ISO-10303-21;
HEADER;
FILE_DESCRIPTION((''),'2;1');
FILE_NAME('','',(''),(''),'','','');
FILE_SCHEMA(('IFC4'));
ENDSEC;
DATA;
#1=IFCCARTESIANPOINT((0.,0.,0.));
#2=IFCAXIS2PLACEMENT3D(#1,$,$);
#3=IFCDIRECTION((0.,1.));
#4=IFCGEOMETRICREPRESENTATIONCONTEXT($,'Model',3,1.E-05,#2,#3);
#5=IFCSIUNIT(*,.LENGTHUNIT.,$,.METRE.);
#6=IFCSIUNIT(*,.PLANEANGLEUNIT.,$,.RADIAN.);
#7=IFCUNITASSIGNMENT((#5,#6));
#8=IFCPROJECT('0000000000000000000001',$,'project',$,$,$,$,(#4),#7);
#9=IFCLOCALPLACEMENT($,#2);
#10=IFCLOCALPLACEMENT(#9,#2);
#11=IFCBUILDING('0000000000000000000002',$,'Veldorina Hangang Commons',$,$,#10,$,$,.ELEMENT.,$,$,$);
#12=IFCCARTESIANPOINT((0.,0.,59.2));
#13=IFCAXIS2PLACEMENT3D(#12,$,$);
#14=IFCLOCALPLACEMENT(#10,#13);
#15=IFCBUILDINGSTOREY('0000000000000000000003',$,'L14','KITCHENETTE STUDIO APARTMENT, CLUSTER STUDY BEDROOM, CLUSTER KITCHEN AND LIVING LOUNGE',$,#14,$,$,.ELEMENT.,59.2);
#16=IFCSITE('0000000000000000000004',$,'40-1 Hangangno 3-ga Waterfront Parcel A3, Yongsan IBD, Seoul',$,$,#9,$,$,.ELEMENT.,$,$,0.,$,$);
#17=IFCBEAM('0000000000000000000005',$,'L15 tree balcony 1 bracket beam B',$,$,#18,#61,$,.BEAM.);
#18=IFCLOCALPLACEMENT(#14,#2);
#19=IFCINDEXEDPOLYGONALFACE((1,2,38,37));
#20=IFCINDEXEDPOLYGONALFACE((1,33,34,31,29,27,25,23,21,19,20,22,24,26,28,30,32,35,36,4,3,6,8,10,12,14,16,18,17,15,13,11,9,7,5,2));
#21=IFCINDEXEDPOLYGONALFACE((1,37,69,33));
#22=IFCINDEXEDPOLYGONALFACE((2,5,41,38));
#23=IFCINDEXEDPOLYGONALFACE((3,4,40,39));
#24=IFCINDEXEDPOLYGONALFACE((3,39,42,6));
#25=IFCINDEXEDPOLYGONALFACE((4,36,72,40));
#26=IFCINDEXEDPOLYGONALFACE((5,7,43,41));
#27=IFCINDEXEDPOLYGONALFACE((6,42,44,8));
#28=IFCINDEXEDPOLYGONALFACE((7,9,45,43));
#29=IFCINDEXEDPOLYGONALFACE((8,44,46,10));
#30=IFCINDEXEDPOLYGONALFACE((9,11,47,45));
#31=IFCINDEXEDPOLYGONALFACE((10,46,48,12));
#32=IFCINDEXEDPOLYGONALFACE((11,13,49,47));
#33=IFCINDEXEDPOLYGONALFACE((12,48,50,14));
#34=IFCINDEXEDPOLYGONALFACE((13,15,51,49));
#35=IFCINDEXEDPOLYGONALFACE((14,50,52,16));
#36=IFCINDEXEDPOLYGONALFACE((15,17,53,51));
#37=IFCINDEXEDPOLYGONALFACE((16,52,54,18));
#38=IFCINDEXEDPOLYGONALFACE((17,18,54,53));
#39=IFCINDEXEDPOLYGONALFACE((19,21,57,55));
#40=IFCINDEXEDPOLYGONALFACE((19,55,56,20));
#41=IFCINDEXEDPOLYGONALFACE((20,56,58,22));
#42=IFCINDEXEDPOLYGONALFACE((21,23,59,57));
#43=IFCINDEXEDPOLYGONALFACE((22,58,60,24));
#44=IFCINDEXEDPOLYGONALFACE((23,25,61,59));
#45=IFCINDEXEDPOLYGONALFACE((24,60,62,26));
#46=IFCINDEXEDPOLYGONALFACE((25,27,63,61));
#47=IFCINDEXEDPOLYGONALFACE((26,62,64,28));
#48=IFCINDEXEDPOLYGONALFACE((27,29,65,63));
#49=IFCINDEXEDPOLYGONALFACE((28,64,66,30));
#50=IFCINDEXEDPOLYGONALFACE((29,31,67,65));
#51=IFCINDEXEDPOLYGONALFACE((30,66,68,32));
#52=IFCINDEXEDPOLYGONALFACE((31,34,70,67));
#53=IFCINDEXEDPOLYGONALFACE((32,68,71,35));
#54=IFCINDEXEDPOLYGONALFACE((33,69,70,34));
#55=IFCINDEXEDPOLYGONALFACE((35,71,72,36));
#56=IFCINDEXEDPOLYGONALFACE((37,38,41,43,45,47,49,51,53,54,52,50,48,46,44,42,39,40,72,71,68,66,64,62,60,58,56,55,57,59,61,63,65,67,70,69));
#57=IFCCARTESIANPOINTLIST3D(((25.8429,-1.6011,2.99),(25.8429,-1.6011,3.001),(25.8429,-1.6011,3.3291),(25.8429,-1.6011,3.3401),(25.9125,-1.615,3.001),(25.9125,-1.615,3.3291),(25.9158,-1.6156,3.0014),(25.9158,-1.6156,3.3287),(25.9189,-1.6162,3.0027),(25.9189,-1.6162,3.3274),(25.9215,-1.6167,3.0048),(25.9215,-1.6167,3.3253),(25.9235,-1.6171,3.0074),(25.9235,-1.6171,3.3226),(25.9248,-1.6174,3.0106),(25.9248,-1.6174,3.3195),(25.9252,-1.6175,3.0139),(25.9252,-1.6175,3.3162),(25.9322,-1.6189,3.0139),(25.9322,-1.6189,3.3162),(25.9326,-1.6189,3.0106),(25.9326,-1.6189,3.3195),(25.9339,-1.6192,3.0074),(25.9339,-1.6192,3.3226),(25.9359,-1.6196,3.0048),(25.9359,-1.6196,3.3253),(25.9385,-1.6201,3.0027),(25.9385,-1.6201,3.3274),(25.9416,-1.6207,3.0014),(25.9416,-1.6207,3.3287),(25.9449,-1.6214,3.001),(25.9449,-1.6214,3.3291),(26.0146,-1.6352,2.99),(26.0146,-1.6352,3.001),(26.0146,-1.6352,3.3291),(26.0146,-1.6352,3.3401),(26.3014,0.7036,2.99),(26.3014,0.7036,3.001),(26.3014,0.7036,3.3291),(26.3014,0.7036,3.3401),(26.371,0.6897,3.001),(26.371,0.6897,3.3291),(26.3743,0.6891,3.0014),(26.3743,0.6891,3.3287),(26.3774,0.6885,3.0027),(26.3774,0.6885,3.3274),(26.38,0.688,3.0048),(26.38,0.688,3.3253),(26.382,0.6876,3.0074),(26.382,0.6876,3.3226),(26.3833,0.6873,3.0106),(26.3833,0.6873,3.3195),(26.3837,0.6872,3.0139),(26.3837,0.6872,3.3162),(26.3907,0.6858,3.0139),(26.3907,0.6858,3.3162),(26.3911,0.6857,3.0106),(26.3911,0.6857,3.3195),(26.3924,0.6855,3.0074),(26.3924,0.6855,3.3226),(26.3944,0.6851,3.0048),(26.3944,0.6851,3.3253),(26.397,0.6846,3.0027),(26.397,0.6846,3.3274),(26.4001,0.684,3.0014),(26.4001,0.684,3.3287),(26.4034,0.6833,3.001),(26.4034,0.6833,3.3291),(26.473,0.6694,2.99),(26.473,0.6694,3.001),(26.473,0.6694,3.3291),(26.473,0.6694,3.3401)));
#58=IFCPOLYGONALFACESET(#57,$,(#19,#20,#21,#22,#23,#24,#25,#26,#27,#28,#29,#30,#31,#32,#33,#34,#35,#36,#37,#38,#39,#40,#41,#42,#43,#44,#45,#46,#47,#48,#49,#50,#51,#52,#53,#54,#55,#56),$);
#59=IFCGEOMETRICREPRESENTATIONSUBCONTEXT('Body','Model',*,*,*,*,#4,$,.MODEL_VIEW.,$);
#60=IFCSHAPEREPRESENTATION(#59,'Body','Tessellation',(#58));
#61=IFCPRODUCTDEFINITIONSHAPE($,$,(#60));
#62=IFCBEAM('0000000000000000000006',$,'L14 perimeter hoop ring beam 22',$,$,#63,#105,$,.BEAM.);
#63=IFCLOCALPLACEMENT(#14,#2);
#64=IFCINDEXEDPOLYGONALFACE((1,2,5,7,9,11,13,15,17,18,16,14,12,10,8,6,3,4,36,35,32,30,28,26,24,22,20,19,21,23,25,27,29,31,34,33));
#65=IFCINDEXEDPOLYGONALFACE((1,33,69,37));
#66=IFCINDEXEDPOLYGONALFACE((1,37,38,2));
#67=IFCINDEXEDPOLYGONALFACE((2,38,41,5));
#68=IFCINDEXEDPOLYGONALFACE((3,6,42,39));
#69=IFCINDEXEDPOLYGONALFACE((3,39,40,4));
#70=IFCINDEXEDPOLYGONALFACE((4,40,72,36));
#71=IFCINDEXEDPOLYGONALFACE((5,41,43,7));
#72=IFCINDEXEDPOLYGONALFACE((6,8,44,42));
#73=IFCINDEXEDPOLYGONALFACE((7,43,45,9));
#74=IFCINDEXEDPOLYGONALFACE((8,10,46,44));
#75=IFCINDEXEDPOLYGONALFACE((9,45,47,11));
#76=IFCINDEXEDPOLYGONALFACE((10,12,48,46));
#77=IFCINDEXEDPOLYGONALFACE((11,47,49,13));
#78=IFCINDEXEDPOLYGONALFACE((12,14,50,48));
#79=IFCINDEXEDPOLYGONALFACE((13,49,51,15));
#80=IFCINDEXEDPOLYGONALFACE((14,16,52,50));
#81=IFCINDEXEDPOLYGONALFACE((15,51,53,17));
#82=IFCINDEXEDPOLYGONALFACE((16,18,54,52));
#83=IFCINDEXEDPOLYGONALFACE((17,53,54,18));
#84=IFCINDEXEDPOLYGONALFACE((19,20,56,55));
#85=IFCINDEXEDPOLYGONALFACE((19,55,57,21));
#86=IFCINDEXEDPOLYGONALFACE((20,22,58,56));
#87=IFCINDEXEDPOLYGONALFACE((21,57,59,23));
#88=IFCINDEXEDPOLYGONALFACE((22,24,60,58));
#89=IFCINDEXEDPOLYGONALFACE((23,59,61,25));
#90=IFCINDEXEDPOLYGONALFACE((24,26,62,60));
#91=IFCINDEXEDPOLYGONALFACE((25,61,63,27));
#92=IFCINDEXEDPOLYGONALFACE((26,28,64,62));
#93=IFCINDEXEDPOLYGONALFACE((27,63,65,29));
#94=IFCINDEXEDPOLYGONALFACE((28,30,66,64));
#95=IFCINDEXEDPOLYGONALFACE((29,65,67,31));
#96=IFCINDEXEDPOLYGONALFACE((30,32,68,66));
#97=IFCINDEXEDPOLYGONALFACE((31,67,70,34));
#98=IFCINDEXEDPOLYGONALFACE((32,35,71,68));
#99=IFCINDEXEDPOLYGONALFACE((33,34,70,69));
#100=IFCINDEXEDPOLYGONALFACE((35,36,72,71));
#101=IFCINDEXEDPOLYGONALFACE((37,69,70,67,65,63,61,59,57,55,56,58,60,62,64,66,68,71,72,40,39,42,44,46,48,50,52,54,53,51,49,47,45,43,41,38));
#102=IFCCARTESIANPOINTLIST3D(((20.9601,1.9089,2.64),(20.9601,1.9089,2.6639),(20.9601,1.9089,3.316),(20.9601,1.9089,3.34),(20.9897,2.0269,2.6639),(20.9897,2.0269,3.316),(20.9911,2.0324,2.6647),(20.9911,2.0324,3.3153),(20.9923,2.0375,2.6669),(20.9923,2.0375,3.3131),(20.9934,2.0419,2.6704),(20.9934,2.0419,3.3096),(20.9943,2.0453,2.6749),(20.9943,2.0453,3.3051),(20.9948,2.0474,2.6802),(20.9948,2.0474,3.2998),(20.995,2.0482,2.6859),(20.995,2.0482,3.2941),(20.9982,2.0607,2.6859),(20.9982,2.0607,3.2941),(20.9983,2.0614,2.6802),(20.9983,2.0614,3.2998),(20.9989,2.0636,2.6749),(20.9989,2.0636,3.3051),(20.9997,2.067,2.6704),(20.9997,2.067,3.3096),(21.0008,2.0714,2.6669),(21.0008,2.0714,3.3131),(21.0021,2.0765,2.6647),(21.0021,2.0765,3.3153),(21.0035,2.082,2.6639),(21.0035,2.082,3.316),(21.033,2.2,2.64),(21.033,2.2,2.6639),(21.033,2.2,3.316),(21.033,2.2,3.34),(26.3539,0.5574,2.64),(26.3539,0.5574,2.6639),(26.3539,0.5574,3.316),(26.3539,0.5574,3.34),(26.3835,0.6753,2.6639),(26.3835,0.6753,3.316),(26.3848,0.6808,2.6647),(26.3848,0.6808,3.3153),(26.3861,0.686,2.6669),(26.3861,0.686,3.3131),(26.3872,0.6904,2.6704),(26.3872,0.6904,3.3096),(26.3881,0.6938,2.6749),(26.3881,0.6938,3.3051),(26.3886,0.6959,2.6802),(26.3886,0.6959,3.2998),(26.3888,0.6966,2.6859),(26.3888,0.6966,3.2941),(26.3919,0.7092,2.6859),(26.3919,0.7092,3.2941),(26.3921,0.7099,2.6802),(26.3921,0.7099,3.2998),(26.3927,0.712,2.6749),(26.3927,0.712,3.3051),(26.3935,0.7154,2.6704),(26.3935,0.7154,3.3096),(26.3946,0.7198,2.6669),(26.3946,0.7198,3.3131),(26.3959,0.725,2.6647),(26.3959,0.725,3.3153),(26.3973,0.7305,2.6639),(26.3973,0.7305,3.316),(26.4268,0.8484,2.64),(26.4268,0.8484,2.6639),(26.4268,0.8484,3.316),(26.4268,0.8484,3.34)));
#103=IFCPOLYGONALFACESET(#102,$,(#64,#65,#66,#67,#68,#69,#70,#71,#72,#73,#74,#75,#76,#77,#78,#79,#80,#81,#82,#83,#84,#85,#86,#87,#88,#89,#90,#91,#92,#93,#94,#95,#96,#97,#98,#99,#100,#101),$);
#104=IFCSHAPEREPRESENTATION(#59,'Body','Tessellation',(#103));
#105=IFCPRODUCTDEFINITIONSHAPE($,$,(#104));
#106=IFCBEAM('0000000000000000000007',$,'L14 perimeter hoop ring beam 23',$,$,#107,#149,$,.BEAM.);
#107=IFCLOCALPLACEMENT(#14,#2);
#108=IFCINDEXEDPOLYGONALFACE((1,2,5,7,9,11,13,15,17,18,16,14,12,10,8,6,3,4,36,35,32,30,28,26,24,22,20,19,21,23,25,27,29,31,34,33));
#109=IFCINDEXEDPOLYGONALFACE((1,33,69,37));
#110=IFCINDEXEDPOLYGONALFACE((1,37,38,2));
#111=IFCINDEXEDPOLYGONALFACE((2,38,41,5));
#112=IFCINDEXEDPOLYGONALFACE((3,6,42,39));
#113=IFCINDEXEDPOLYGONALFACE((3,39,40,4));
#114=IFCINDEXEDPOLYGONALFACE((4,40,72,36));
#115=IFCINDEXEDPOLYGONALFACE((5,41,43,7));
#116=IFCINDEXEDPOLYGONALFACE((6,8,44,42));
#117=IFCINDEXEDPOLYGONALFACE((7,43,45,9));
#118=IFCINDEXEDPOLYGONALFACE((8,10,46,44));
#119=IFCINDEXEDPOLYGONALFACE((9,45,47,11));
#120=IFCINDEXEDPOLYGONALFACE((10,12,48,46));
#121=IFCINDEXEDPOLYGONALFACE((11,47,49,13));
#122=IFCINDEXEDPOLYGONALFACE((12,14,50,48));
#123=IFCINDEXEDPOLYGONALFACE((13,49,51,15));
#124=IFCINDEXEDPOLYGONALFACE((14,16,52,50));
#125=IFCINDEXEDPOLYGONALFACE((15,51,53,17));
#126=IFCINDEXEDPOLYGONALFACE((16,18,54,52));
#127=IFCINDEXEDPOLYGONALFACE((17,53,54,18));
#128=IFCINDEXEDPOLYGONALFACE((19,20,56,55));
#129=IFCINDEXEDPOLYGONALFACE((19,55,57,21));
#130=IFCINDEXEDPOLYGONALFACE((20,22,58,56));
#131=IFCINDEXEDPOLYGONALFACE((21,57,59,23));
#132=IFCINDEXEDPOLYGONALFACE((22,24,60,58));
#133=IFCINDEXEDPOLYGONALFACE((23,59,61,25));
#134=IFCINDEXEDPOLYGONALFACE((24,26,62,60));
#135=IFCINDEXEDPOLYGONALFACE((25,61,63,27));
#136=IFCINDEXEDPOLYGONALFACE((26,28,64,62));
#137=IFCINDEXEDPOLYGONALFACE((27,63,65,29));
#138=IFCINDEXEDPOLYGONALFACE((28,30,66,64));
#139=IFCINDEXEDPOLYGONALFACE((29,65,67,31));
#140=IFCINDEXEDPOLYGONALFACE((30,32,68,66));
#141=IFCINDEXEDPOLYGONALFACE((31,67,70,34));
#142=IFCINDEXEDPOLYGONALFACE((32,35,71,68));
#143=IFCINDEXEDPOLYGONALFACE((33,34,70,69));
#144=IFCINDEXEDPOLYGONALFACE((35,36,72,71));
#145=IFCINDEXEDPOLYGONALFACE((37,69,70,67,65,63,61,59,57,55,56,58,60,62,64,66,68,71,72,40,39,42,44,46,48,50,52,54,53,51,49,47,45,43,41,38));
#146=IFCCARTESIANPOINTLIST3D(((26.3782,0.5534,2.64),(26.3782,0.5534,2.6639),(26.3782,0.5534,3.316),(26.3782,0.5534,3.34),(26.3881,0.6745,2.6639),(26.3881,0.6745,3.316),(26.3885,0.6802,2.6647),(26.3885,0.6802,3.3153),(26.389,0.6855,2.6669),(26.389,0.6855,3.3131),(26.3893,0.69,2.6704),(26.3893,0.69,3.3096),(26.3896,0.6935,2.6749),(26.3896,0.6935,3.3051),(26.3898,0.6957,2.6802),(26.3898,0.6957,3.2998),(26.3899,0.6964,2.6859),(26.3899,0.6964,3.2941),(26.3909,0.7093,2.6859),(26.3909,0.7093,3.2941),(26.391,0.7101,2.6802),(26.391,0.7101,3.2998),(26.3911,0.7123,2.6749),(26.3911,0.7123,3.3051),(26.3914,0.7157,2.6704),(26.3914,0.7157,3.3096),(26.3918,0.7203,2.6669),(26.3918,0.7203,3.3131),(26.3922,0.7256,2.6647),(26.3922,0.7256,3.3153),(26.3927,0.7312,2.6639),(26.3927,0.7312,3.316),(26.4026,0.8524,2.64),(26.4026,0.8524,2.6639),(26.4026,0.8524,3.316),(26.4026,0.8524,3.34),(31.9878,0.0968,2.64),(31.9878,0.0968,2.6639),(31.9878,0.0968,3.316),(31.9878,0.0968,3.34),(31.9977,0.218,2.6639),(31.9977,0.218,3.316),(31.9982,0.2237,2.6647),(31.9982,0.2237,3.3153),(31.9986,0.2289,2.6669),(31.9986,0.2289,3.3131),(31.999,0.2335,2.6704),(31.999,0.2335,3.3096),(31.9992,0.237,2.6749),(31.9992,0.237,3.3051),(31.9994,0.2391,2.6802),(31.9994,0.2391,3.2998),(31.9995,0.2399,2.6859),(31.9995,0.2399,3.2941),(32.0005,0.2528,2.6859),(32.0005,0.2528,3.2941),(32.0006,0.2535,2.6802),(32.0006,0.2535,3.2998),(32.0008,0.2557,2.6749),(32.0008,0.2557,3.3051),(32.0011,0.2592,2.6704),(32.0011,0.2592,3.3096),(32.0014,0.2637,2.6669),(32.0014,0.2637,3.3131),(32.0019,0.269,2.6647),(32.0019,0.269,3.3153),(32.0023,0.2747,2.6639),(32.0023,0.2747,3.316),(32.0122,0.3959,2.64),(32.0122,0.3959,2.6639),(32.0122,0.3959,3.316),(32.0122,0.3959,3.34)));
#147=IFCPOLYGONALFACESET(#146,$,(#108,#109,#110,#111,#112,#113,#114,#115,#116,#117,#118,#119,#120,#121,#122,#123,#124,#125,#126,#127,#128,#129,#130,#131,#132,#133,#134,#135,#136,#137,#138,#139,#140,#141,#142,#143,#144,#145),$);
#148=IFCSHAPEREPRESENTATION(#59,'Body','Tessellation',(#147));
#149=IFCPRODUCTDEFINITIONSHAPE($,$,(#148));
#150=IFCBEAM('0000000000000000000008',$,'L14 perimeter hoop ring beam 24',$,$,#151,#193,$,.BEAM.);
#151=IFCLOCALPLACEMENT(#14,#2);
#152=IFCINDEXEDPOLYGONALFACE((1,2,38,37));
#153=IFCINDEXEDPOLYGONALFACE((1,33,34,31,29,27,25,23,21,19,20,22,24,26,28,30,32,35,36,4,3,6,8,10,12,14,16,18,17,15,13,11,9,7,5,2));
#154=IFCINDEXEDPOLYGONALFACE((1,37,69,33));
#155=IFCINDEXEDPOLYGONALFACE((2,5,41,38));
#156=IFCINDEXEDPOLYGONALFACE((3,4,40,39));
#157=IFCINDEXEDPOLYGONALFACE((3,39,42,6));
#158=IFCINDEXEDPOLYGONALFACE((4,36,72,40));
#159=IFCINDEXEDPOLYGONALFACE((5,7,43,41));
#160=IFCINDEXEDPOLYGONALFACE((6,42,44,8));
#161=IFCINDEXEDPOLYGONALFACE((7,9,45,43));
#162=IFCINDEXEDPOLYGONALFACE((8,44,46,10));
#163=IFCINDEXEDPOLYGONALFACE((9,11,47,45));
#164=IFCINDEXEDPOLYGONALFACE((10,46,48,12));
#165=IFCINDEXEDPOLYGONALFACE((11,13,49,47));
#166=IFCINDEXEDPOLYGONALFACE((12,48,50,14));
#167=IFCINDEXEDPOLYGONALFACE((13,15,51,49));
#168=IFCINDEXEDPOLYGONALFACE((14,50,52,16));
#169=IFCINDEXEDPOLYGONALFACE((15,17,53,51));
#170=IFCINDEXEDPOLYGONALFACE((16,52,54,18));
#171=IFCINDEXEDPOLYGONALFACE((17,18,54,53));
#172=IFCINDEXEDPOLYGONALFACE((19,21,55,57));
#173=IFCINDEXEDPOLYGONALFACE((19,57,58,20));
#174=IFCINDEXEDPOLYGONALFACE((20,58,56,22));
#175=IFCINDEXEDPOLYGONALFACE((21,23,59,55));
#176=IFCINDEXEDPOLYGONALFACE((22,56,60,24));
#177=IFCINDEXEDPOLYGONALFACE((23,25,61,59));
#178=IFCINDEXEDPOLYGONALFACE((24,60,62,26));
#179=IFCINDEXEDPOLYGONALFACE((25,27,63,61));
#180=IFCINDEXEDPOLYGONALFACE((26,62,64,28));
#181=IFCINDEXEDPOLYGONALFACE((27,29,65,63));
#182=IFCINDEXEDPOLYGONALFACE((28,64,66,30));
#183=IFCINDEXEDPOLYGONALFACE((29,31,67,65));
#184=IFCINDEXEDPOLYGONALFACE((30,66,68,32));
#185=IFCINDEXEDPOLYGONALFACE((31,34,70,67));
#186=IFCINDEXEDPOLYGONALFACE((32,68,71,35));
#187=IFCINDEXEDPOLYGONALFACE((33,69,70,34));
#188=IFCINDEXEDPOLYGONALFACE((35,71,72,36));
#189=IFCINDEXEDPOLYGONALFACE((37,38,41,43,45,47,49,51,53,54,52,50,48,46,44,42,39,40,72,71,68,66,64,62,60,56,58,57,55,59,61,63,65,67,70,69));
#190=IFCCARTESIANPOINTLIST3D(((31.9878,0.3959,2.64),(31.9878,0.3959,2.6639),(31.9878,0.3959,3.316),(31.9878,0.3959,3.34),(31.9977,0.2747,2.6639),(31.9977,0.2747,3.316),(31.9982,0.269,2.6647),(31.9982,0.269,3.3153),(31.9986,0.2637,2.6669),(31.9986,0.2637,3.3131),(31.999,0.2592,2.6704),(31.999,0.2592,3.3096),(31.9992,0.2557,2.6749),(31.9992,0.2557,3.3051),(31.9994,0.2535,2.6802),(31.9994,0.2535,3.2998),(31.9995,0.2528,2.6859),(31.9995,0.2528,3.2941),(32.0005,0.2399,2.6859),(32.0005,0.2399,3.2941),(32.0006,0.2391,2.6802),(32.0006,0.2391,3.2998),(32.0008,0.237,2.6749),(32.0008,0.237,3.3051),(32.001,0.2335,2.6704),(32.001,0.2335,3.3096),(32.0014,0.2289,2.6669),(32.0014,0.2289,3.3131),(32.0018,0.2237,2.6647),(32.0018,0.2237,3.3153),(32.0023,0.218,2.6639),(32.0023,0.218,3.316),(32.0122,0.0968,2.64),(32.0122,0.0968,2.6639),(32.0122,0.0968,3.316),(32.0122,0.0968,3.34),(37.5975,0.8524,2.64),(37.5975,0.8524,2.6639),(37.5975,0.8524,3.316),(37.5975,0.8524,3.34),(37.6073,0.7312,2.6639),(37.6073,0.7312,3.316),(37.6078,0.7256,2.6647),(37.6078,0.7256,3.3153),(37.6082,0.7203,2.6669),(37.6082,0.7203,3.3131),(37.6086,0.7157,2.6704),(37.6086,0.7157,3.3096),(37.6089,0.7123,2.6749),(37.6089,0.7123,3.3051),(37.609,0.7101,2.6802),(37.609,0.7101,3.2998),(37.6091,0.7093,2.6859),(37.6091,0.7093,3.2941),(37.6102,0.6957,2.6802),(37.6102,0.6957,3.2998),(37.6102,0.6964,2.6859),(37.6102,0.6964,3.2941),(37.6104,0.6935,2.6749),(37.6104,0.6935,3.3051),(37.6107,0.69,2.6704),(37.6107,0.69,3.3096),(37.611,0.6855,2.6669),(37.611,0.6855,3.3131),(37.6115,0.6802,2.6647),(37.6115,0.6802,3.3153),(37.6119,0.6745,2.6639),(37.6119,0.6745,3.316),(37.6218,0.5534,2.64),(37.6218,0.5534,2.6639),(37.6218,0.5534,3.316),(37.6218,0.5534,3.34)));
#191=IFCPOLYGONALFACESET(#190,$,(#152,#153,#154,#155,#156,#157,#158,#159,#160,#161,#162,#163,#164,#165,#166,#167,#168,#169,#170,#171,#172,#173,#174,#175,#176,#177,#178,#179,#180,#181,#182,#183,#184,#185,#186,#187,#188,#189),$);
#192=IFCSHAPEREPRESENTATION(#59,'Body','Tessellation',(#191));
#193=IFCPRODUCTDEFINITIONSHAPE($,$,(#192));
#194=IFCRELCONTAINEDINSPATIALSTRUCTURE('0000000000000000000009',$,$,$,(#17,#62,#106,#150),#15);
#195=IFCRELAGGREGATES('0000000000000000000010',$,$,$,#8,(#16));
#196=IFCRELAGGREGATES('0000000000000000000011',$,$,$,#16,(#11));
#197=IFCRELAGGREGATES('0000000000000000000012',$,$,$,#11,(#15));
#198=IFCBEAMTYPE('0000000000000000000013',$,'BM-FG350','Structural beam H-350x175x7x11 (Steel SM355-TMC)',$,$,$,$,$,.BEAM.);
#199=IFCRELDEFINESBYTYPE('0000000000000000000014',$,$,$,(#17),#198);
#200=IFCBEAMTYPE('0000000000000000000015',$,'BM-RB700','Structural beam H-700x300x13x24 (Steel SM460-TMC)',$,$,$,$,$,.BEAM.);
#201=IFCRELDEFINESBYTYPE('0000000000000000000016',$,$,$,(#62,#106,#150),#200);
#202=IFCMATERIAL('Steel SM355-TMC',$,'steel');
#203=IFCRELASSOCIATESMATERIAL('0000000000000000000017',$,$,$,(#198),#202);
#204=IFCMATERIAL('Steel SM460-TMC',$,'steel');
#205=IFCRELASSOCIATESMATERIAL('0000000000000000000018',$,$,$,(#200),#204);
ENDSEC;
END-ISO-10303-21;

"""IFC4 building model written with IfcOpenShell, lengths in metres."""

from ifc_helpers import new_model, si_unit, direction, frame, origin, origin_2d, place, context, subcontext, project, spatial, i_section, extrude, material, material_profile, profile_set, type_object, element, save


model = new_model("IFC4")

# Units and contexts
model_context = context("Model", 3, precision=1e-05, world=origin(), true_north=direction((0.0, 1.0)))
body_context = subcontext(model_context, "Body", "Model", "MODEL_VIEW")
ifc_project = project(units=[si_unit("LENGTHUNIT", "METRE"), si_unit("PLANEANGLEUNIT", "RADIAN")], contexts=[model_context])

# Site, building, storey
site_placement = place(None, origin())
site = spatial("IfcSite", under=ifc_project, at=site_placement, Name="40-1 Hangangno 3-ga Waterfront Parcel A3, Yongsan IBD, Seoul", CompositionType="ELEMENT", RefElevation=0.0)
building_placement = place(site_placement, origin())
building = spatial("IfcBuilding", under=site, at=building_placement, Name="Veldorina Hangang Commons", CompositionType="ELEMENT")
storey_placement = place(building_placement, frame((0.0, 0.0, 59.2)))
storey = spatial("IfcBuildingStorey", under=building, at=storey_placement, Name="L14", Description="KITCHENETTE STUDIO APARTMENT, CLUSTER STUDY BEDROOM, CLUSTER KITCHEN AND LIVING LOUNGE", CompositionType="ELEMENT", Elevation=59.2)

# Beams
ifc_material_1 = material(Name="Steel SM355-TMC", Category="steel")
ifc_material_profile_1 = material_profile(ifc_material_1, i_section(OverallWidth=0.175, OverallDepth=0.3501, WebThickness=0.0071, FlangeThickness=0.011, FilletRadius=0.0129, at=origin_2d()), Name="H-350x175x7x11")
ifc_profile_set_1 = profile_set([ifc_material_profile_1], Name="Steel SM355-TMC")
beam_type_1 = type_object("IfcBeamType", Name="BM-FG350", Description="Structural beam H-350x175x7x11 (Steel SM355-TMC)", PredefinedType="BEAM", material=ifc_profile_set_1)
beam_1_placement = place(storey_placement, frame((26.3872, 0.6865, 3.165), z_axis=(-0.195117, -0.98078, 0.0), x_axis=(0.98078, -0.195117, 0.0)))
element("IfcBeam", 1, at=beam_1_placement, inside=storey, type_object=beam_type_1, Name="L15 tree balcony 1 bracket beam B", PredefinedType="BEAM", context=body_context, shape_type="SweptSolid", body=[
    extrude(i_section(OverallWidth=0.175, OverallDepth=0.3501, WebThickness=0.0071, FlangeThickness=0.011, FilletRadius=0.0129, at=origin_2d()), origin(), (0.0, 0.0, 1.0), 2.3499),
])
ifc_material_2 = material(Name="Steel SM460-TMC", Category="steel")
ifc_material_profile_2 = material_profile(ifc_material_2, i_section(OverallWidth=0.3, OverallDepth=0.7, WebThickness=0.0129, FlangeThickness=0.0239, FilletRadius=0.022, at=origin_2d()), Name="H-700x300x13x24")
ifc_profile_set_2 = profile_set([ifc_material_profile_2], Name="Steel SM460-TMC")
beam_type_2 = type_object("IfcBeamType", Name="BM-RB700", Description="Structural beam H-700x300x13x24 (Steel SM460-TMC)", PredefinedType="BEAM", material=ifc_profile_set_2)
beam_2_placement = place(storey_placement, frame((20.9966, 2.0544, 2.99), z_axis=(0.970011, -0.243062, 0.0), x_axis=(0.243062, 0.970011, 0.0)))
element("IfcBeam", 2, at=beam_2_placement, inside=storey, type_object=beam_type_2, Name="L14 perimeter hoop ring beam 22", PredefinedType="BEAM", context=body_context, shape_type="SweptSolid", body=[
    extrude(i_section(OverallWidth=0.3, OverallDepth=0.7, WebThickness=0.0129, FlangeThickness=0.0239, FilletRadius=0.022, at=origin_2d()), origin(), (0.0, 0.0, 1.0), 5.5605),
])
for number, where, z_axis, x_axis, name in (
    (3, (26.3904, 0.7029, 2.99), (0.996705, -0.081118, 0.0), (0.081118, 0.996705, 0.0), "L14 perimeter hoop ring beam 23"),
    (4, (32.0, 0.2463, 2.99), (0.996705, 0.081118, 0.0), (-0.081118, 0.996705, 0.0), "L14 perimeter hoop ring beam 24"),
):
    element("IfcBeam", number, at=place(storey_placement, frame(where, z_axis=z_axis, x_axis=x_axis)), inside=storey, type_object=beam_type_2, Name=name, PredefinedType="BEAM", context=body_context, shape_type="SweptSolid", body=[
        extrude(i_section(OverallWidth=0.3, OverallDepth=0.7, WebThickness=0.0129, FlangeThickness=0.0239, FilletRadius=0.022, at=origin_2d()), origin(), (0.0, 0.0, 1.0), 5.6282),
    ])

save(model, "model.ifc")
